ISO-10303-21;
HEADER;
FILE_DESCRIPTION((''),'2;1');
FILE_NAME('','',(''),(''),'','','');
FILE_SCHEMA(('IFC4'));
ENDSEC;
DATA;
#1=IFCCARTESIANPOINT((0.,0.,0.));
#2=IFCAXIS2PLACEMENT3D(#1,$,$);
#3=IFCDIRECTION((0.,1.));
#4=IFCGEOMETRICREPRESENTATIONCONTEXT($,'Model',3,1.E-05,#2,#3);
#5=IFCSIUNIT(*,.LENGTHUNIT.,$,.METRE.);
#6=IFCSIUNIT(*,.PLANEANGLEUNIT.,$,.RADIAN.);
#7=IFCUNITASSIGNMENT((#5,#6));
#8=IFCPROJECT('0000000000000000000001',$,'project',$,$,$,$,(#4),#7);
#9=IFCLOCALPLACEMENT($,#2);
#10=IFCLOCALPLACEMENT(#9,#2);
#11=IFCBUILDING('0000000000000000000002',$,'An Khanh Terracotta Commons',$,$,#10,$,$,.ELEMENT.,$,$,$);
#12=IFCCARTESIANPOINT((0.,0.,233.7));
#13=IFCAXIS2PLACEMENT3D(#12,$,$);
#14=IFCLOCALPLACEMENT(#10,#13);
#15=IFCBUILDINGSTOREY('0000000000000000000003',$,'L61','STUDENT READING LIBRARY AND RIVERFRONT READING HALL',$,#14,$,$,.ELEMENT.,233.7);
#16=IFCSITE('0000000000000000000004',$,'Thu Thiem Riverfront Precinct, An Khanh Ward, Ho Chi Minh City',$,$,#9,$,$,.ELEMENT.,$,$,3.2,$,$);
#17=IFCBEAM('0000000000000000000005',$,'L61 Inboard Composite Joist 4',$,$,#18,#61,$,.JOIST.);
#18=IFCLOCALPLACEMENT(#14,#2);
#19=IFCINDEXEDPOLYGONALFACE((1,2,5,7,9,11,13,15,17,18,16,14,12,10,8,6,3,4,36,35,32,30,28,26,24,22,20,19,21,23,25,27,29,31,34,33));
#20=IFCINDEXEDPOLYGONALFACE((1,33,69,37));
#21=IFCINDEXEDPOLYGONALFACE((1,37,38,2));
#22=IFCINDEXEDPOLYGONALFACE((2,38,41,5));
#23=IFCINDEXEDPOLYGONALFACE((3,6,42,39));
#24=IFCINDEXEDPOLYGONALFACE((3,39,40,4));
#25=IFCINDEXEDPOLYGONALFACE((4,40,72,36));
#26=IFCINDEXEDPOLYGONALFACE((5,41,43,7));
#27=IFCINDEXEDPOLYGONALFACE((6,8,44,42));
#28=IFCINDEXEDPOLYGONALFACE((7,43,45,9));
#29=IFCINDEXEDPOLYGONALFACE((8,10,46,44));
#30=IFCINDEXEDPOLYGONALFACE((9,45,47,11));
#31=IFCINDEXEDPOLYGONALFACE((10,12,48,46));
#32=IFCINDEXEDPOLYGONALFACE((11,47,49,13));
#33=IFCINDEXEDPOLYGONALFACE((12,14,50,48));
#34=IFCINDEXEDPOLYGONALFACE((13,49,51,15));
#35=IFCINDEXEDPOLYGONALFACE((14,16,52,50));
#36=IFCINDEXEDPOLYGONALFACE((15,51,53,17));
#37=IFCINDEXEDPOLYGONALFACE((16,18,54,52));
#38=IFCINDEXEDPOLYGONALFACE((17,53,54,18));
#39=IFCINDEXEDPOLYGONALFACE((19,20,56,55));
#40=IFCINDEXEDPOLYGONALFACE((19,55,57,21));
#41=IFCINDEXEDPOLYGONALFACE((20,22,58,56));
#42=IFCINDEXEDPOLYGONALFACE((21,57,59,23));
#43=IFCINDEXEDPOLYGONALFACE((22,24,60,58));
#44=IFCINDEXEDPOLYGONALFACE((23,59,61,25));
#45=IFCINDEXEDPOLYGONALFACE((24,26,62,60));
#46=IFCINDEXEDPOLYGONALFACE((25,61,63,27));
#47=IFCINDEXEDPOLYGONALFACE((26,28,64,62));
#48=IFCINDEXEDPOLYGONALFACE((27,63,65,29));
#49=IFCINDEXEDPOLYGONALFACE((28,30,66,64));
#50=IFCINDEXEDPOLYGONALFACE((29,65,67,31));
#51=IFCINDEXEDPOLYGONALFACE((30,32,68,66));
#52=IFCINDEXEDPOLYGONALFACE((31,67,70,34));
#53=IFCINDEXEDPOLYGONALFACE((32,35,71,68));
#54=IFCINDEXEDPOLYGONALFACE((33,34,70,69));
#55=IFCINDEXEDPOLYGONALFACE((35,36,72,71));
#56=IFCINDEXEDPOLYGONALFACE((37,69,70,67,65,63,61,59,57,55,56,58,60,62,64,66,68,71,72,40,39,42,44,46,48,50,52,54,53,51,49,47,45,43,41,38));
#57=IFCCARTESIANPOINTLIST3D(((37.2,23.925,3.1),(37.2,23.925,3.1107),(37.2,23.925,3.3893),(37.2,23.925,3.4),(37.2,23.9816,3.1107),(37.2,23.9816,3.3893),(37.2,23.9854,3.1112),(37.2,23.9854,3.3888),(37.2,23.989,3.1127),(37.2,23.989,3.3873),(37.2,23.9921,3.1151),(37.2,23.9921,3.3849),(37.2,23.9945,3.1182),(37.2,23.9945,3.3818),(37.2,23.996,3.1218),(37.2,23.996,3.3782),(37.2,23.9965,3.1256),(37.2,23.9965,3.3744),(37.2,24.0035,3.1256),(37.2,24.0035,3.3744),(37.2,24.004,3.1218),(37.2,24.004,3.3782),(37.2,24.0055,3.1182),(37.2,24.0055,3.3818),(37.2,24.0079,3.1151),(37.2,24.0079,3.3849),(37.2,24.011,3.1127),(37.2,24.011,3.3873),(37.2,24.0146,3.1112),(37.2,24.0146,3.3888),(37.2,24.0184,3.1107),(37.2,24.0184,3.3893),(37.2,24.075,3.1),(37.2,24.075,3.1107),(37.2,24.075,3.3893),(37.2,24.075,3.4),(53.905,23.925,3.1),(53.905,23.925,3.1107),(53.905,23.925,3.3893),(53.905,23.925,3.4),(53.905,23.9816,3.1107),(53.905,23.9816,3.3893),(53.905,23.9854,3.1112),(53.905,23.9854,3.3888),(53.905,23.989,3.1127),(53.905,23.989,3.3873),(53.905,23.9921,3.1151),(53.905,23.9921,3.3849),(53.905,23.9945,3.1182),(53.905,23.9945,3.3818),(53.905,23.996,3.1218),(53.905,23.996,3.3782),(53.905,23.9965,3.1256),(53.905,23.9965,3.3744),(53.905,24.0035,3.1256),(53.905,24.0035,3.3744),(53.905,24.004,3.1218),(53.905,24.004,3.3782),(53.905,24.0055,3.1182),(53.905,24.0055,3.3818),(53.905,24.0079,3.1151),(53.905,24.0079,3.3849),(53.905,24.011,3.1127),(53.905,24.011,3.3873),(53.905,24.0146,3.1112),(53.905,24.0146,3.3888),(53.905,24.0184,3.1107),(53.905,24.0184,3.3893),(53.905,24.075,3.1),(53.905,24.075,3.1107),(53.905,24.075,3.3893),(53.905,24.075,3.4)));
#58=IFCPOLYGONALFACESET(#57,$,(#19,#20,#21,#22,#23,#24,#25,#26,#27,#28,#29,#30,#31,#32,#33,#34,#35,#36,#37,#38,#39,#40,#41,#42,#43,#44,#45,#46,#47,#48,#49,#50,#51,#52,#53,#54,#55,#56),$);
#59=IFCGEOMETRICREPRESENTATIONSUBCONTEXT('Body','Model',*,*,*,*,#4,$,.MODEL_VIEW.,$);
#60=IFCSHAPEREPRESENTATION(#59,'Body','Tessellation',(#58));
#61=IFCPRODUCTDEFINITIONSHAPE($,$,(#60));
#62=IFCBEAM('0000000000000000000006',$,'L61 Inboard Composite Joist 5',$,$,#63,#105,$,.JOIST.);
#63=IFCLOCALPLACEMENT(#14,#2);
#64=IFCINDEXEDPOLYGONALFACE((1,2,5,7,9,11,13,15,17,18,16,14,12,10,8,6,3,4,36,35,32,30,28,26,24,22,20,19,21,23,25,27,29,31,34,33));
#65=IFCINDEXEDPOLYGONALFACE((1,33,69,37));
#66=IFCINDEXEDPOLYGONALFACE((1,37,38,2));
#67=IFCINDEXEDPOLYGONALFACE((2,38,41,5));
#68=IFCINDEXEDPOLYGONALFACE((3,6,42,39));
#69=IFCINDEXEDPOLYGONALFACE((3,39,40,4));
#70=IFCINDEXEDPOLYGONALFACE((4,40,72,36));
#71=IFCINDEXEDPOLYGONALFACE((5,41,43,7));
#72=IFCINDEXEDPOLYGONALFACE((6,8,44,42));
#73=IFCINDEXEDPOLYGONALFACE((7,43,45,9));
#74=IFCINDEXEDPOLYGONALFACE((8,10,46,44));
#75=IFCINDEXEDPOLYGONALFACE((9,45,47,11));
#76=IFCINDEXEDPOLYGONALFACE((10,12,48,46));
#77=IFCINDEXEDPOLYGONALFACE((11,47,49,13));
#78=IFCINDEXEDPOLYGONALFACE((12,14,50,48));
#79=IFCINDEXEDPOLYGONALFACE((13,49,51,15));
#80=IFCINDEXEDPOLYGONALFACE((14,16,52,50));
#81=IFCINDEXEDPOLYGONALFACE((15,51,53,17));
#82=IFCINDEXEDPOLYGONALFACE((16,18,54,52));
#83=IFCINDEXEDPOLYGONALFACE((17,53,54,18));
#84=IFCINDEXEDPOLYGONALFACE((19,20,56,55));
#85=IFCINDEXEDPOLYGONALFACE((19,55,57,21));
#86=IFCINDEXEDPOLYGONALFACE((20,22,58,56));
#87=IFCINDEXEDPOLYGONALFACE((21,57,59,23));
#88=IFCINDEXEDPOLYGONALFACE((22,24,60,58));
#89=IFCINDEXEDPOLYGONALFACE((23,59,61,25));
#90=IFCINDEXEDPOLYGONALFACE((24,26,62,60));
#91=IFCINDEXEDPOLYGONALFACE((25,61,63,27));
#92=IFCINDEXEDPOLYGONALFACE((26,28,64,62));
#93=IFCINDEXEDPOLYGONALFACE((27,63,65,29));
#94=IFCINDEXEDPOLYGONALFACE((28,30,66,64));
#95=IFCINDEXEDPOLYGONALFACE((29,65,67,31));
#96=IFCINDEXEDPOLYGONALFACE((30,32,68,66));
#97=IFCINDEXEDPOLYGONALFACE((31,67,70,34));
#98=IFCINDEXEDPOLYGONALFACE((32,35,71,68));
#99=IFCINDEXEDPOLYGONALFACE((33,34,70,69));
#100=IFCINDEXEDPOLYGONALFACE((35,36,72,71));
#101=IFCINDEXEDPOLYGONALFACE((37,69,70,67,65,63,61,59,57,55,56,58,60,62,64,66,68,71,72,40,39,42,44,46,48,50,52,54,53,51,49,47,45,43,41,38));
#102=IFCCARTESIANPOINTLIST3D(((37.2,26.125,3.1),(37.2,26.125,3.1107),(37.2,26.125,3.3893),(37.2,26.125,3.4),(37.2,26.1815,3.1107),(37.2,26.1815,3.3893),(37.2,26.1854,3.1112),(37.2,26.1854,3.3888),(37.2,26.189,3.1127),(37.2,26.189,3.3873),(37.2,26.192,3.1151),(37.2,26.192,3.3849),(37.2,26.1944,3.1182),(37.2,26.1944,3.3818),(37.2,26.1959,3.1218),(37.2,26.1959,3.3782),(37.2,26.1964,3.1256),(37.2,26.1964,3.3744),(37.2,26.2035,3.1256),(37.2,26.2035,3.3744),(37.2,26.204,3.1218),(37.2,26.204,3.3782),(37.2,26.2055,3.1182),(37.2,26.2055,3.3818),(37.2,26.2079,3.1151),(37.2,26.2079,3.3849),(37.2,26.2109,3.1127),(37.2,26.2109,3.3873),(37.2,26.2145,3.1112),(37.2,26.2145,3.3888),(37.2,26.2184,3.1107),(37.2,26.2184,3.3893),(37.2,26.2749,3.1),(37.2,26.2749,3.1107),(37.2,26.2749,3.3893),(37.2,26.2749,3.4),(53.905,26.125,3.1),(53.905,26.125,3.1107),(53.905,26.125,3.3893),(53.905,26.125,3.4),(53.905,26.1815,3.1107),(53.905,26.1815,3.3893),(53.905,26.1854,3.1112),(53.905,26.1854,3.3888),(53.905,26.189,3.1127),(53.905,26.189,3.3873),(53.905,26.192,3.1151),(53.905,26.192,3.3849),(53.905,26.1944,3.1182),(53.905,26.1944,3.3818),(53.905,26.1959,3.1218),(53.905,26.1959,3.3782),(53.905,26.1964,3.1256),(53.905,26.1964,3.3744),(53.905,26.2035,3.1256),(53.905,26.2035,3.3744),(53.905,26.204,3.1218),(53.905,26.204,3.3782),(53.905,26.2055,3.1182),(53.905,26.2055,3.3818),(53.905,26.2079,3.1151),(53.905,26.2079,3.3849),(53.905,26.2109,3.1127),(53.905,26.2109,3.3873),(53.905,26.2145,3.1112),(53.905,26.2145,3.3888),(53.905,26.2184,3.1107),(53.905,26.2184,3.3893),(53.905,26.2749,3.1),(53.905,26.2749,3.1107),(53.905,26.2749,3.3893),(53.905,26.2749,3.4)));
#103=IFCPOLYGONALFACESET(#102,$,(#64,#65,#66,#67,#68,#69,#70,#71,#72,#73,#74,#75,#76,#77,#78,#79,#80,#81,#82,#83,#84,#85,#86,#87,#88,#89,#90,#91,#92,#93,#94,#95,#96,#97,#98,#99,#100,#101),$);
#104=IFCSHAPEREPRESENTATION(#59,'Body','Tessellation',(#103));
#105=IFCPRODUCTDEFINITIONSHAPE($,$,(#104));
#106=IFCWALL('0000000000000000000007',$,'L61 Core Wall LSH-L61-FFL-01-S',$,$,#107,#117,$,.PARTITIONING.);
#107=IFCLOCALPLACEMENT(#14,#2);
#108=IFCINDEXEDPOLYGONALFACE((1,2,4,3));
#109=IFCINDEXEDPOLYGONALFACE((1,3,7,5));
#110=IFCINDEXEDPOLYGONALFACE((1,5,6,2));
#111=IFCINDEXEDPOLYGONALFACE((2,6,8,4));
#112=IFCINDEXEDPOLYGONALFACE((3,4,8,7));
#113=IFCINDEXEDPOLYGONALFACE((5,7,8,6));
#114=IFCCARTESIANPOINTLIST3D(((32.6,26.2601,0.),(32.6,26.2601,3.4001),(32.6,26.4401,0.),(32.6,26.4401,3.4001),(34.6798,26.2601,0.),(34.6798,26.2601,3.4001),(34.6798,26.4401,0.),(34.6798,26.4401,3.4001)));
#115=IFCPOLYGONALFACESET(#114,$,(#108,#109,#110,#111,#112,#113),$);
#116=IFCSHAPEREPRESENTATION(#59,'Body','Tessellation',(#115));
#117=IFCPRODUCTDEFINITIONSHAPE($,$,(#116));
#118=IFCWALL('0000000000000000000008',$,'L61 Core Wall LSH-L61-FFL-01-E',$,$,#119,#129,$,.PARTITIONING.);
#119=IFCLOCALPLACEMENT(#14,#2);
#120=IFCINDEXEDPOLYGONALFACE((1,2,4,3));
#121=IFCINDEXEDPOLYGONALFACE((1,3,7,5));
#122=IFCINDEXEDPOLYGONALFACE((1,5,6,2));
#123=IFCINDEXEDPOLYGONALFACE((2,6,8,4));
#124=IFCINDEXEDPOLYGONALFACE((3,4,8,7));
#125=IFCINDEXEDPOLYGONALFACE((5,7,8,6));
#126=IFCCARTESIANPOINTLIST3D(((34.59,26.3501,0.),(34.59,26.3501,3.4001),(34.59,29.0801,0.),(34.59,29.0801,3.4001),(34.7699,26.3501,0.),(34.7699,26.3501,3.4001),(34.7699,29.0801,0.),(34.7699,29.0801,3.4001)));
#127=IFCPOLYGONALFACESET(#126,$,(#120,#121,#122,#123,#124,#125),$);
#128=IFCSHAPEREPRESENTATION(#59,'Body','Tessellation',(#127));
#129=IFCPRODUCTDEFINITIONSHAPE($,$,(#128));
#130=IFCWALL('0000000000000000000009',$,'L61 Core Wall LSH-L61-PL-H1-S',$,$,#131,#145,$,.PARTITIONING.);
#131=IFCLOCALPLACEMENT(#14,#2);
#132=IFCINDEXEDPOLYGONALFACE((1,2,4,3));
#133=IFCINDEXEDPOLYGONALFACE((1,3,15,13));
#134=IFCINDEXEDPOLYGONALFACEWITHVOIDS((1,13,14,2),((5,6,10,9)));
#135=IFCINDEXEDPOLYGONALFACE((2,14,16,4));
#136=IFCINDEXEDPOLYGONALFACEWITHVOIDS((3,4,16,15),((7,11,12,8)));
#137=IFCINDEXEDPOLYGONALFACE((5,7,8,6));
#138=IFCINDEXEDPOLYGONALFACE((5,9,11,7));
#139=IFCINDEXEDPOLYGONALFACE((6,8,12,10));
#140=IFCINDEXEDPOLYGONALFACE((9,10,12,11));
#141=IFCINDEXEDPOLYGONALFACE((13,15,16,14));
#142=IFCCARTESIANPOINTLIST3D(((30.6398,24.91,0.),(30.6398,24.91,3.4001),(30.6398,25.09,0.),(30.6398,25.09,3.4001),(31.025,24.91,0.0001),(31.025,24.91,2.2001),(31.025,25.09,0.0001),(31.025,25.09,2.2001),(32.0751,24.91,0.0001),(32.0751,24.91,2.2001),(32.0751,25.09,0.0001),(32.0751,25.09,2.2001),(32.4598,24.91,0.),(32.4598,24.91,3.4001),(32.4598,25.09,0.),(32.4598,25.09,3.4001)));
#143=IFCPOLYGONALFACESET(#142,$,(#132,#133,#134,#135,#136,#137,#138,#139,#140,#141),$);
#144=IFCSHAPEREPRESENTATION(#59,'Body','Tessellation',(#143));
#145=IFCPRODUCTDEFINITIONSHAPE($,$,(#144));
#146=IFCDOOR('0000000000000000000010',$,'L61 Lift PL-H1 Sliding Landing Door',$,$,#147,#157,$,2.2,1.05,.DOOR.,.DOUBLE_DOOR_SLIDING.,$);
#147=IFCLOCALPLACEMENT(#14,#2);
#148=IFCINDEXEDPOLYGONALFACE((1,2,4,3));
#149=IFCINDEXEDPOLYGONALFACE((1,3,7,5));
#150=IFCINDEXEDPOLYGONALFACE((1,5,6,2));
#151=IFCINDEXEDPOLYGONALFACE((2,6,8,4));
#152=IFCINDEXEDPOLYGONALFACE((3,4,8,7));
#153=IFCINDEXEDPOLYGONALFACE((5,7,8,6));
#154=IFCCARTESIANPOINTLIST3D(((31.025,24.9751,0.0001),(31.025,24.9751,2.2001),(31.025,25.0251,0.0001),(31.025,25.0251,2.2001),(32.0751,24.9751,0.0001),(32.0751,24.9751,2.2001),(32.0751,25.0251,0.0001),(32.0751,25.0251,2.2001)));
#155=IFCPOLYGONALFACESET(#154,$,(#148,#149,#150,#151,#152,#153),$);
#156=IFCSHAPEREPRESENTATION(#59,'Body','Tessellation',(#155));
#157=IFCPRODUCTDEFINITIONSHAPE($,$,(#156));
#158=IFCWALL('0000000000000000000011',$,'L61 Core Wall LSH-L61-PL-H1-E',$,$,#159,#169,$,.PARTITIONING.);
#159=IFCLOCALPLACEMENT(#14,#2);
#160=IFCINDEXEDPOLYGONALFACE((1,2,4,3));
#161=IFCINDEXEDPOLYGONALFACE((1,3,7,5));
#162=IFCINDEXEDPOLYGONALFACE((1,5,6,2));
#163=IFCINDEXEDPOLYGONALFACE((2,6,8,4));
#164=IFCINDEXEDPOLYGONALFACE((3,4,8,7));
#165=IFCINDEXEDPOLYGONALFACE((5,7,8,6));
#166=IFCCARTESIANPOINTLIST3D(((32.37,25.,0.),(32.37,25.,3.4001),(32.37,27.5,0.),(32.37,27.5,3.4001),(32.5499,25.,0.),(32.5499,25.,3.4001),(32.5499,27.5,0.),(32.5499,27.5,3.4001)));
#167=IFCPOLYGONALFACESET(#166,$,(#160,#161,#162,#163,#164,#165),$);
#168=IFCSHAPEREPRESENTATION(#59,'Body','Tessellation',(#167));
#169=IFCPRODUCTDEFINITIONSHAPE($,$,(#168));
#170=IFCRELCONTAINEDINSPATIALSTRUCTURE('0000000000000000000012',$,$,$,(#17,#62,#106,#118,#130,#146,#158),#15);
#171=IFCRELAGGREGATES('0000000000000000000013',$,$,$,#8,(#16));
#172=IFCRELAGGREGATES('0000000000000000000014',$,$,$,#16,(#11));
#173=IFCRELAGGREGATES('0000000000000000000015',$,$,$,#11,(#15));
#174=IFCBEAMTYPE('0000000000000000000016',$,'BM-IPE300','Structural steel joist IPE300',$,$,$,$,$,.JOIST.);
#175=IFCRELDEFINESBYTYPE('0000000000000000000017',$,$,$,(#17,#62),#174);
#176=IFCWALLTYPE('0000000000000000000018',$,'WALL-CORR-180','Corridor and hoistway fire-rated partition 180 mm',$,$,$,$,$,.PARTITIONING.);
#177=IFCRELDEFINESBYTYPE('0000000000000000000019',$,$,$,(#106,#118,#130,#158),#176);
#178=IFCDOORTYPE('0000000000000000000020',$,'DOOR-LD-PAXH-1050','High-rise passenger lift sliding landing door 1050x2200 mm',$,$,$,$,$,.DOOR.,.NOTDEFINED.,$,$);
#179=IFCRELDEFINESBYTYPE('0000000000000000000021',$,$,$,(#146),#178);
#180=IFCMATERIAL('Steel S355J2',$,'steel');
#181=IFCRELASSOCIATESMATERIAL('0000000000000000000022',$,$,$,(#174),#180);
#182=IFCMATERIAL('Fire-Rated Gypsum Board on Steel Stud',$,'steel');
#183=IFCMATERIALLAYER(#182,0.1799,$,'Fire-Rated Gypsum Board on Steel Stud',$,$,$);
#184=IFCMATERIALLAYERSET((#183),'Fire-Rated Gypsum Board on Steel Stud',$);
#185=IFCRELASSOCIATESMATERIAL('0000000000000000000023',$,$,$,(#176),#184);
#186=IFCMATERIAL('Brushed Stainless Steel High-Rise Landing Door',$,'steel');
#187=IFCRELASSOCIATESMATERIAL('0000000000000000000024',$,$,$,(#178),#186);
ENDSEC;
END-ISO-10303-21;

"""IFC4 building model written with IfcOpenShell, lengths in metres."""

from ifc_helpers import new_model, si_unit, direction, frame, frame_2d, origin, origin_2d, place, context, subcontext, project, spatial, rectangle, i_section, extrude, material, layer, layer_set, material_profile, profile_set, type_object, element, fill, save


model = new_model("IFC4")

# Units and contexts
model_context = context("Model", 3, precision=1e-05, world=origin(), true_north=direction((0.0, 1.0)))
body_context = subcontext(model_context, "Body", "Model", "MODEL_VIEW")
ifc_project = project(units=[si_unit("LENGTHUNIT", "METRE"), si_unit("PLANEANGLEUNIT", "RADIAN")], contexts=[model_context])

# Site, building, storey
site_placement = place(None, origin())
site = spatial("IfcSite", under=ifc_project, at=site_placement, Name="Thu Thiem Riverfront Precinct, An Khanh Ward, Ho Chi Minh City", CompositionType="ELEMENT", RefElevation=3.2)
building_placement = place(site_placement, origin())
building = spatial("IfcBuilding", under=site, at=building_placement, Name="An Khanh Terracotta Commons", CompositionType="ELEMENT")
storey_placement = place(building_placement, frame((0.0, 0.0, 233.7)))
storey = spatial("IfcBuildingStorey", under=building, at=storey_placement, Name="L61", Description="STUDENT READING LIBRARY AND RIVERFRONT READING HALL", CompositionType="ELEMENT", Elevation=233.7)

# Beams
ifc_material_1 = material(Name="Steel S355J2", Category="steel")
ifc_material_profile_1 = material_profile(ifc_material_1, i_section(OverallWidth=0.1499, OverallDepth=0.3, WebThickness=0.0071, FlangeThickness=0.0107, FilletRadius=0.0149, at=origin_2d()), Name="IPE300")
ifc_profile_set_1 = profile_set([ifc_material_profile_1], Name="Steel S355J2")
beam_type_1 = type_object("IfcBeamType", Name="BM-IPE300", Description="Structural steel joist IPE300", PredefinedType="JOIST", material=ifc_profile_set_1)
for number, where, z_axis, x_axis, name in (
    (1, (37.2, 24.0, 3.25), (1.0, 0.0, 0.0), (0.0, 1.0, 0.0), "L61 Inboard Composite Joist 4"),
    (2, (37.2, 26.2, 3.25), (1.0, 0.0, 0.0), (0.0, 1.0, 0.0), "L61 Inboard Composite Joist 5"),
):
    element("IfcBeam", number, at=place(storey_placement, frame(where, z_axis=z_axis, x_axis=x_axis)), inside=storey, type_object=beam_type_1, Name=name, PredefinedType="JOIST", context=body_context, shape_type="SweptSolid", body=[
        extrude(i_section(OverallWidth=0.1499, OverallDepth=0.3, WebThickness=0.0071, FlangeThickness=0.0107, FilletRadius=0.0149, at=origin_2d()), origin(), (0.0, 0.0, 1.0), 16.7051),
    ])

# Walls
ifc_material_2 = material(Name="Fire-Rated Gypsum Board on Steel Stud", Category="steel")
ifc_layer = layer(ifc_material_2, 0.1799, Name="Fire-Rated Gypsum Board on Steel Stud")
ifc_layer_set = layer_set([ifc_layer], Name="Fire-Rated Gypsum Board on Steel Stud")
wall_type = type_object("IfcWallType", Name="WALL-CORR-180", Description="Corridor and hoistway fire-rated partition 180 mm", PredefinedType="PARTITIONING", material=ifc_layer_set)
wall_1_placement = place(storey_placement, frame((34.6799, 26.3501, 0.0), z_axis=(0.0, 0.0, 1.0), x_axis=(-1.0, 0.0, 0.0)))
element("IfcWall", 3, at=wall_1_placement, inside=storey, type_object=wall_type, Name="L61 Core Wall LSH-L61-FFL-01-S", PredefinedType="PARTITIONING", context=body_context, shape_type="SweptSolid", body=[
    extrude(rectangle(XDim=2.0798, YDim=0.1799, at=frame_2d((1.04, 0.0))), origin(), (0.0, 0.0, 1.0), 3.4001),
])
wall_2_placement = place(storey_placement, frame((34.6799, 26.3501, 0.0), z_axis=(0.0, 0.0, 1.0), x_axis=(0.0, 1.0, 0.0)))
element("IfcWall", 4, at=wall_2_placement, inside=storey, type_object=wall_type, Name="L61 Core Wall LSH-L61-FFL-01-E", PredefinedType="PARTITIONING", context=body_context, shape_type="SweptSolid", body=[
    extrude(rectangle(XDim=2.73, YDim=0.1799, at=frame_2d((1.365, 0.0))), origin(), (0.0, 0.0, 1.0), 3.4001),
])

# Wall, opening, door
wall_3_placement = place(storey_placement, frame((32.46, 25.0, 0.0), z_axis=(0.0, 0.0, 1.0), x_axis=(-1.0, 0.0, 0.0)))
wall_3 = element("IfcWall", 5, at=wall_3_placement, inside=storey, type_object=wall_type, Name="L61 Core Wall LSH-L61-PL-H1-S", PredefinedType="PARTITIONING", context=body_context, shape_type="SweptSolid", body=[
    extrude(rectangle(XDim=1.8201, YDim=0.1799, at=frame_2d((0.9102, 0.0))), origin(), (0.0, 0.0, 1.0), 3.4001),
])
opening_1_placement = place(wall_3_placement, frame((0.385, 0.0, 0.0)))
opening_1 = element("IfcOpeningElement", 6, at=opening_1_placement, cuts=wall_3, PredefinedType="OPENING", context=body_context, shape_type="SweptSolid", body=[
    extrude(rectangle(XDim=1.05, YDim=2.2, at=frame_2d((0.5249, 1.1001))), frame((0.0, 0.0999, 0.0), z_axis=(0.0, -1.0, 0.0), x_axis=(1.0, 0.0, 0.0)), (0.0, 0.0, 1.0), 0.2),
])
ifc_material_3 = material(Name="Brushed Stainless Steel High-Rise Landing Door", Category="steel")
door_type = type_object("IfcDoorType", Name="DOOR-LD-PAXH-1050", Description="High-rise passenger lift sliding landing door 1050x2200 mm", OperationType="NOTDEFINED", PredefinedType="DOOR", material=ifc_material_3)
door_1_placement = place(opening_1_placement, origin())
door_1 = element("IfcDoor", 7, at=door_1_placement, inside=storey, type_object=door_type, Name="L61 Lift PL-H1 Sliding Landing Door", OperationType="DOUBLE_DOOR_SLIDING", OverallHeight=2.2, OverallWidth=1.05, PredefinedType="DOOR", context=body_context, shape_type="SweptSolid", body=[
    extrude(rectangle(XDim=1.05, YDim=2.2, at=frame_2d((0.5249, 1.1001))), frame((0.0, 0.0249, 0.0), z_axis=(0.0, -1.0, 0.0), x_axis=(1.0, 0.0, 0.0)), (0.0, 0.0, 1.0), 0.05),
])
fill(opening_1, door_1)

# Wall
wall_4_placement = place(storey_placement, frame((32.46, 25.0, 0.0), z_axis=(0.0, 0.0, 1.0), x_axis=(0.0, 1.0, 0.0)))
element("IfcWall", 8, at=wall_4_placement, inside=storey, type_object=wall_type, Name="L61 Core Wall LSH-L61-PL-H1-E", PredefinedType="PARTITIONING", context=body_context, shape_type="SweptSolid", body=[
    extrude(rectangle(XDim=2.5, YDim=0.1799, at=frame_2d((1.25, 0.0))), origin(), (0.0, 0.0, 1.0), 3.4001),
])

save(model, "model.ifc")
